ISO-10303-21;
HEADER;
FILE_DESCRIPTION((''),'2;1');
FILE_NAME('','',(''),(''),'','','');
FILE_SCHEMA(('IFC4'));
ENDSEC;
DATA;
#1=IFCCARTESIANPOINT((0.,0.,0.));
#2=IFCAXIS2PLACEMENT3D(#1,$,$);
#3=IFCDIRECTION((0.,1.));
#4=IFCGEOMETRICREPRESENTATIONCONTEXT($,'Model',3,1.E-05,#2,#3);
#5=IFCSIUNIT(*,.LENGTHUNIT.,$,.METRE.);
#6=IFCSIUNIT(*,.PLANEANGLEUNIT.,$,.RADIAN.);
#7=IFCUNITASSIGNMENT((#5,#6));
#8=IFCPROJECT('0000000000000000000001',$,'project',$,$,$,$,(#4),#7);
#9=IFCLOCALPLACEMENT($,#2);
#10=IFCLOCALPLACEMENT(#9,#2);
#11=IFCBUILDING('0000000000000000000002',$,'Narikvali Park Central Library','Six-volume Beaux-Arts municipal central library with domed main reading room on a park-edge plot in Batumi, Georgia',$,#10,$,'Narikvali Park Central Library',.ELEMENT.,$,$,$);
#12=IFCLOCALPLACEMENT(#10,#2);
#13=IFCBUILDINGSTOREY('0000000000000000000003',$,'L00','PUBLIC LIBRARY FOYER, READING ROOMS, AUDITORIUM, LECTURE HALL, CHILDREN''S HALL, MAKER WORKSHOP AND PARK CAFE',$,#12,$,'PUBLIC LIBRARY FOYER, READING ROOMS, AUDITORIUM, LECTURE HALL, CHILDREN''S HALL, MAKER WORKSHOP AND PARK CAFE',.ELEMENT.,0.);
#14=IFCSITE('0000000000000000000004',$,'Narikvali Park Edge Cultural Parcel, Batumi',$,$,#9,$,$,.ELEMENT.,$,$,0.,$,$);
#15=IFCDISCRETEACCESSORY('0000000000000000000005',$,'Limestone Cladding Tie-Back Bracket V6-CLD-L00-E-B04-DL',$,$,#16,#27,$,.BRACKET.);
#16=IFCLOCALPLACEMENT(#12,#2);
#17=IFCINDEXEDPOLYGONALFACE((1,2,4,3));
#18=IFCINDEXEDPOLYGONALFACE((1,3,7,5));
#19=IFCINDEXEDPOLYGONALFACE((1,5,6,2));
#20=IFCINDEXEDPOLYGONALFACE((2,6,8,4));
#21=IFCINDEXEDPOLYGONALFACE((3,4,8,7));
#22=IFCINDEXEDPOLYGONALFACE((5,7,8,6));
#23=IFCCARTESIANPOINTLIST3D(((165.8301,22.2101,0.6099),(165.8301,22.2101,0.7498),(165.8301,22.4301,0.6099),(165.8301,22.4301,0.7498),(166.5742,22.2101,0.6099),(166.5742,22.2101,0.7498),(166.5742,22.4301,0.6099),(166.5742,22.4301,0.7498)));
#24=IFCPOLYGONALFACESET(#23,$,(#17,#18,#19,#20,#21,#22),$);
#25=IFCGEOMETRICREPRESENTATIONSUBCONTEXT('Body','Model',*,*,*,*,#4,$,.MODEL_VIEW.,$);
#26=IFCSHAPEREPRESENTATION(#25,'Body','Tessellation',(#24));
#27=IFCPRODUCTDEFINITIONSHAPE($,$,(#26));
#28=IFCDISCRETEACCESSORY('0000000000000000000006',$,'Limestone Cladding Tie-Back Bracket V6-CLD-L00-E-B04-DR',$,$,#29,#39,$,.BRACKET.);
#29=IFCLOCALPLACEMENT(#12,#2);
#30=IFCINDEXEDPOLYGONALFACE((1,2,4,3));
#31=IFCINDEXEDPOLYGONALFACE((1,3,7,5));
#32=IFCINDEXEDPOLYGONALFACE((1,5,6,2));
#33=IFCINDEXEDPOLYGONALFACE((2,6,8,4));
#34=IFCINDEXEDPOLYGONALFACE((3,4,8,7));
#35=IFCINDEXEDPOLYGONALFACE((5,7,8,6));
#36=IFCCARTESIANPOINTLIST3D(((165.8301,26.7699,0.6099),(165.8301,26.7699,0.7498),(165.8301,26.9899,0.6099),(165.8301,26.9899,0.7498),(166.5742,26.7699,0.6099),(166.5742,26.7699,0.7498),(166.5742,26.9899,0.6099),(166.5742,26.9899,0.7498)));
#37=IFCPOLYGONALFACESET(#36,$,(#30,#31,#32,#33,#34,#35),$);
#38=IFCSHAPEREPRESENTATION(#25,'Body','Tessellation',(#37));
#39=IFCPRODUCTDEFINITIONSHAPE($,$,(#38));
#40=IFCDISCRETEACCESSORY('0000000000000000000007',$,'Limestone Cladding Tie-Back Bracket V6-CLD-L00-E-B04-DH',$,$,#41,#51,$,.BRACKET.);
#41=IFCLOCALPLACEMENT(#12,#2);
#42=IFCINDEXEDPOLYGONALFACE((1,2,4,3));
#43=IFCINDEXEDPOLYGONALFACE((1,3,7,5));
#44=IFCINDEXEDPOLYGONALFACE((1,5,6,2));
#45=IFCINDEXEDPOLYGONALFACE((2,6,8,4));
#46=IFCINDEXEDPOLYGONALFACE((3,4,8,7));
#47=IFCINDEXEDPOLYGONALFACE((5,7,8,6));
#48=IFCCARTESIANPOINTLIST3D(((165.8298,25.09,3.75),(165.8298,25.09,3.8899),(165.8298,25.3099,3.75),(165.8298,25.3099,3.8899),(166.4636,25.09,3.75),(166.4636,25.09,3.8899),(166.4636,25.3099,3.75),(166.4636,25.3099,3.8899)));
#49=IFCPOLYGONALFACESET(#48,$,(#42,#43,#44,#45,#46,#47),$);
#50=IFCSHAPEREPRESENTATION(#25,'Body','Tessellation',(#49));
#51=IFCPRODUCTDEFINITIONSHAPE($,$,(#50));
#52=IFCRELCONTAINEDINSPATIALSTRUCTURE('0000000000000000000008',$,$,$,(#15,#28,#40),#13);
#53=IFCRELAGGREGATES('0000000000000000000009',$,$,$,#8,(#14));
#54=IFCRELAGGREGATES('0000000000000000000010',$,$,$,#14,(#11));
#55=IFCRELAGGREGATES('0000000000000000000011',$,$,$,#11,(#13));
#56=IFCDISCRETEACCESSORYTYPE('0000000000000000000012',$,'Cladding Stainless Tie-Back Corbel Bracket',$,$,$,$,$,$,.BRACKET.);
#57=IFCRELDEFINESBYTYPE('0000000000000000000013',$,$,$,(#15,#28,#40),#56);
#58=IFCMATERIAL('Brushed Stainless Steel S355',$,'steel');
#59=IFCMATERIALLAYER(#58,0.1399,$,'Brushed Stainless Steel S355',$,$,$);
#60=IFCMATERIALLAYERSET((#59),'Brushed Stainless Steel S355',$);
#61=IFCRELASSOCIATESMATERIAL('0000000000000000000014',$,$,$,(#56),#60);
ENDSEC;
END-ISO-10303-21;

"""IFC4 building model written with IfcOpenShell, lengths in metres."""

from ifc_helpers import new_model, si_unit, direction, frame, origin, origin_2d, place, context, subcontext, project, spatial, rectangle, extrude, material, layer, layer_set, type_object, element, save


model = new_model("IFC4")

# Units and contexts
model_context = context("Model", 3, precision=1e-05, world=origin(), true_north=direction((0.0, 1.0)))
body_context = subcontext(model_context, "Body", "Model", "MODEL_VIEW")
ifc_project = project(units=[si_unit("LENGTHUNIT", "METRE"), si_unit("PLANEANGLEUNIT", "RADIAN")], contexts=[model_context])

# Site, building, storey
site_placement = place(None, origin())
site = spatial("IfcSite", under=ifc_project, at=site_placement, Name="Narikvali Park Edge Cultural Parcel, Batumi", CompositionType="ELEMENT", RefElevation=0.0)
building_placement = place(site_placement, origin())
building = spatial("IfcBuilding", under=site, at=building_placement, Name="Narikvali Park Central Library", Description="Six-volume Beaux-Arts municipal central library with domed main reading room on a park-edge plot in Batumi, Georgia", LongName="Narikvali Park Central Library", CompositionType="ELEMENT")
storey_placement = place(building_placement, origin())
storey = spatial("IfcBuildingStorey", under=building, at=storey_placement, Name="L00", Description="PUBLIC LIBRARY FOYER, READING ROOMS, AUDITORIUM, LECTURE HALL, CHILDREN'S HALL, MAKER WORKSHOP AND PARK CAFE", LongName="PUBLIC LIBRARY FOYER, READING ROOMS, AUDITORIUM, LECTURE HALL, CHILDREN'S HALL, MAKER WORKSHOP AND PARK CAFE", CompositionType="ELEMENT", Elevation=0.0)

# Shared definitions
ifc_material_1 = material(Name="Brushed Stainless Steel S355", Category="steel")

# Discrete accessories
ifc_layer_1 = layer(ifc_material_1, 0.1399, Name="Brushed Stainless Steel S355")
ifc_layer_set_1 = layer_set([ifc_layer_1], Name="Brushed Stainless Steel S355")
discrete_accessory_type = type_object("IfcDiscreteAccessoryType", Name="Cladding Stainless Tie-Back Corbel Bracket", PredefinedType="BRACKET", material=ifc_layer_set_1)
for number, where, z_axis, x_axis, name in (
    (1, (166.2021, 22.3201, 0.6099), (0.0, 0.0, 1.0), (1.0, 0.0, 0.0), "Limestone Cladding Tie-Back Bracket V6-CLD-L00-E-B04-DL"),
    (2, (166.2021, 26.8799, 0.6099), (0.0, 0.0, 1.0), (1.0, 0.0, 0.0), "Limestone Cladding Tie-Back Bracket V6-CLD-L00-E-B04-DR"),
):
    element("IfcDiscreteAccessory", number, at=place(storey_placement, frame(where, z_axis=z_axis, x_axis=x_axis)), inside=storey, type_object=discrete_accessory_type, Name=name, PredefinedType="BRACKET", context=body_context, shape_type="SweptSolid", body=[
        extrude(rectangle(XDim=0.7441, YDim=0.22, at=origin_2d()), origin(), (0.0, 0.0, 1.0), 0.1399),
    ])
discrete_accessory_1_placement = place(storey_placement, frame((166.1467, 25.2, 3.75), z_axis=(0.0, 0.0, 1.0), x_axis=(1.0, 0.0, 0.0)))
element("IfcDiscreteAccessory", 3, at=discrete_accessory_1_placement, inside=storey, type_object=discrete_accessory_type, Name="Limestone Cladding Tie-Back Bracket V6-CLD-L00-E-B04-DH", PredefinedType="BRACKET", context=body_context, shape_type="SweptSolid", body=[
    extrude(rectangle(XDim=0.6338, YDim=0.22, at=origin_2d()), origin(), (0.0, 0.0, 1.0), 0.1399),
])

save(model, "model.ifc")
